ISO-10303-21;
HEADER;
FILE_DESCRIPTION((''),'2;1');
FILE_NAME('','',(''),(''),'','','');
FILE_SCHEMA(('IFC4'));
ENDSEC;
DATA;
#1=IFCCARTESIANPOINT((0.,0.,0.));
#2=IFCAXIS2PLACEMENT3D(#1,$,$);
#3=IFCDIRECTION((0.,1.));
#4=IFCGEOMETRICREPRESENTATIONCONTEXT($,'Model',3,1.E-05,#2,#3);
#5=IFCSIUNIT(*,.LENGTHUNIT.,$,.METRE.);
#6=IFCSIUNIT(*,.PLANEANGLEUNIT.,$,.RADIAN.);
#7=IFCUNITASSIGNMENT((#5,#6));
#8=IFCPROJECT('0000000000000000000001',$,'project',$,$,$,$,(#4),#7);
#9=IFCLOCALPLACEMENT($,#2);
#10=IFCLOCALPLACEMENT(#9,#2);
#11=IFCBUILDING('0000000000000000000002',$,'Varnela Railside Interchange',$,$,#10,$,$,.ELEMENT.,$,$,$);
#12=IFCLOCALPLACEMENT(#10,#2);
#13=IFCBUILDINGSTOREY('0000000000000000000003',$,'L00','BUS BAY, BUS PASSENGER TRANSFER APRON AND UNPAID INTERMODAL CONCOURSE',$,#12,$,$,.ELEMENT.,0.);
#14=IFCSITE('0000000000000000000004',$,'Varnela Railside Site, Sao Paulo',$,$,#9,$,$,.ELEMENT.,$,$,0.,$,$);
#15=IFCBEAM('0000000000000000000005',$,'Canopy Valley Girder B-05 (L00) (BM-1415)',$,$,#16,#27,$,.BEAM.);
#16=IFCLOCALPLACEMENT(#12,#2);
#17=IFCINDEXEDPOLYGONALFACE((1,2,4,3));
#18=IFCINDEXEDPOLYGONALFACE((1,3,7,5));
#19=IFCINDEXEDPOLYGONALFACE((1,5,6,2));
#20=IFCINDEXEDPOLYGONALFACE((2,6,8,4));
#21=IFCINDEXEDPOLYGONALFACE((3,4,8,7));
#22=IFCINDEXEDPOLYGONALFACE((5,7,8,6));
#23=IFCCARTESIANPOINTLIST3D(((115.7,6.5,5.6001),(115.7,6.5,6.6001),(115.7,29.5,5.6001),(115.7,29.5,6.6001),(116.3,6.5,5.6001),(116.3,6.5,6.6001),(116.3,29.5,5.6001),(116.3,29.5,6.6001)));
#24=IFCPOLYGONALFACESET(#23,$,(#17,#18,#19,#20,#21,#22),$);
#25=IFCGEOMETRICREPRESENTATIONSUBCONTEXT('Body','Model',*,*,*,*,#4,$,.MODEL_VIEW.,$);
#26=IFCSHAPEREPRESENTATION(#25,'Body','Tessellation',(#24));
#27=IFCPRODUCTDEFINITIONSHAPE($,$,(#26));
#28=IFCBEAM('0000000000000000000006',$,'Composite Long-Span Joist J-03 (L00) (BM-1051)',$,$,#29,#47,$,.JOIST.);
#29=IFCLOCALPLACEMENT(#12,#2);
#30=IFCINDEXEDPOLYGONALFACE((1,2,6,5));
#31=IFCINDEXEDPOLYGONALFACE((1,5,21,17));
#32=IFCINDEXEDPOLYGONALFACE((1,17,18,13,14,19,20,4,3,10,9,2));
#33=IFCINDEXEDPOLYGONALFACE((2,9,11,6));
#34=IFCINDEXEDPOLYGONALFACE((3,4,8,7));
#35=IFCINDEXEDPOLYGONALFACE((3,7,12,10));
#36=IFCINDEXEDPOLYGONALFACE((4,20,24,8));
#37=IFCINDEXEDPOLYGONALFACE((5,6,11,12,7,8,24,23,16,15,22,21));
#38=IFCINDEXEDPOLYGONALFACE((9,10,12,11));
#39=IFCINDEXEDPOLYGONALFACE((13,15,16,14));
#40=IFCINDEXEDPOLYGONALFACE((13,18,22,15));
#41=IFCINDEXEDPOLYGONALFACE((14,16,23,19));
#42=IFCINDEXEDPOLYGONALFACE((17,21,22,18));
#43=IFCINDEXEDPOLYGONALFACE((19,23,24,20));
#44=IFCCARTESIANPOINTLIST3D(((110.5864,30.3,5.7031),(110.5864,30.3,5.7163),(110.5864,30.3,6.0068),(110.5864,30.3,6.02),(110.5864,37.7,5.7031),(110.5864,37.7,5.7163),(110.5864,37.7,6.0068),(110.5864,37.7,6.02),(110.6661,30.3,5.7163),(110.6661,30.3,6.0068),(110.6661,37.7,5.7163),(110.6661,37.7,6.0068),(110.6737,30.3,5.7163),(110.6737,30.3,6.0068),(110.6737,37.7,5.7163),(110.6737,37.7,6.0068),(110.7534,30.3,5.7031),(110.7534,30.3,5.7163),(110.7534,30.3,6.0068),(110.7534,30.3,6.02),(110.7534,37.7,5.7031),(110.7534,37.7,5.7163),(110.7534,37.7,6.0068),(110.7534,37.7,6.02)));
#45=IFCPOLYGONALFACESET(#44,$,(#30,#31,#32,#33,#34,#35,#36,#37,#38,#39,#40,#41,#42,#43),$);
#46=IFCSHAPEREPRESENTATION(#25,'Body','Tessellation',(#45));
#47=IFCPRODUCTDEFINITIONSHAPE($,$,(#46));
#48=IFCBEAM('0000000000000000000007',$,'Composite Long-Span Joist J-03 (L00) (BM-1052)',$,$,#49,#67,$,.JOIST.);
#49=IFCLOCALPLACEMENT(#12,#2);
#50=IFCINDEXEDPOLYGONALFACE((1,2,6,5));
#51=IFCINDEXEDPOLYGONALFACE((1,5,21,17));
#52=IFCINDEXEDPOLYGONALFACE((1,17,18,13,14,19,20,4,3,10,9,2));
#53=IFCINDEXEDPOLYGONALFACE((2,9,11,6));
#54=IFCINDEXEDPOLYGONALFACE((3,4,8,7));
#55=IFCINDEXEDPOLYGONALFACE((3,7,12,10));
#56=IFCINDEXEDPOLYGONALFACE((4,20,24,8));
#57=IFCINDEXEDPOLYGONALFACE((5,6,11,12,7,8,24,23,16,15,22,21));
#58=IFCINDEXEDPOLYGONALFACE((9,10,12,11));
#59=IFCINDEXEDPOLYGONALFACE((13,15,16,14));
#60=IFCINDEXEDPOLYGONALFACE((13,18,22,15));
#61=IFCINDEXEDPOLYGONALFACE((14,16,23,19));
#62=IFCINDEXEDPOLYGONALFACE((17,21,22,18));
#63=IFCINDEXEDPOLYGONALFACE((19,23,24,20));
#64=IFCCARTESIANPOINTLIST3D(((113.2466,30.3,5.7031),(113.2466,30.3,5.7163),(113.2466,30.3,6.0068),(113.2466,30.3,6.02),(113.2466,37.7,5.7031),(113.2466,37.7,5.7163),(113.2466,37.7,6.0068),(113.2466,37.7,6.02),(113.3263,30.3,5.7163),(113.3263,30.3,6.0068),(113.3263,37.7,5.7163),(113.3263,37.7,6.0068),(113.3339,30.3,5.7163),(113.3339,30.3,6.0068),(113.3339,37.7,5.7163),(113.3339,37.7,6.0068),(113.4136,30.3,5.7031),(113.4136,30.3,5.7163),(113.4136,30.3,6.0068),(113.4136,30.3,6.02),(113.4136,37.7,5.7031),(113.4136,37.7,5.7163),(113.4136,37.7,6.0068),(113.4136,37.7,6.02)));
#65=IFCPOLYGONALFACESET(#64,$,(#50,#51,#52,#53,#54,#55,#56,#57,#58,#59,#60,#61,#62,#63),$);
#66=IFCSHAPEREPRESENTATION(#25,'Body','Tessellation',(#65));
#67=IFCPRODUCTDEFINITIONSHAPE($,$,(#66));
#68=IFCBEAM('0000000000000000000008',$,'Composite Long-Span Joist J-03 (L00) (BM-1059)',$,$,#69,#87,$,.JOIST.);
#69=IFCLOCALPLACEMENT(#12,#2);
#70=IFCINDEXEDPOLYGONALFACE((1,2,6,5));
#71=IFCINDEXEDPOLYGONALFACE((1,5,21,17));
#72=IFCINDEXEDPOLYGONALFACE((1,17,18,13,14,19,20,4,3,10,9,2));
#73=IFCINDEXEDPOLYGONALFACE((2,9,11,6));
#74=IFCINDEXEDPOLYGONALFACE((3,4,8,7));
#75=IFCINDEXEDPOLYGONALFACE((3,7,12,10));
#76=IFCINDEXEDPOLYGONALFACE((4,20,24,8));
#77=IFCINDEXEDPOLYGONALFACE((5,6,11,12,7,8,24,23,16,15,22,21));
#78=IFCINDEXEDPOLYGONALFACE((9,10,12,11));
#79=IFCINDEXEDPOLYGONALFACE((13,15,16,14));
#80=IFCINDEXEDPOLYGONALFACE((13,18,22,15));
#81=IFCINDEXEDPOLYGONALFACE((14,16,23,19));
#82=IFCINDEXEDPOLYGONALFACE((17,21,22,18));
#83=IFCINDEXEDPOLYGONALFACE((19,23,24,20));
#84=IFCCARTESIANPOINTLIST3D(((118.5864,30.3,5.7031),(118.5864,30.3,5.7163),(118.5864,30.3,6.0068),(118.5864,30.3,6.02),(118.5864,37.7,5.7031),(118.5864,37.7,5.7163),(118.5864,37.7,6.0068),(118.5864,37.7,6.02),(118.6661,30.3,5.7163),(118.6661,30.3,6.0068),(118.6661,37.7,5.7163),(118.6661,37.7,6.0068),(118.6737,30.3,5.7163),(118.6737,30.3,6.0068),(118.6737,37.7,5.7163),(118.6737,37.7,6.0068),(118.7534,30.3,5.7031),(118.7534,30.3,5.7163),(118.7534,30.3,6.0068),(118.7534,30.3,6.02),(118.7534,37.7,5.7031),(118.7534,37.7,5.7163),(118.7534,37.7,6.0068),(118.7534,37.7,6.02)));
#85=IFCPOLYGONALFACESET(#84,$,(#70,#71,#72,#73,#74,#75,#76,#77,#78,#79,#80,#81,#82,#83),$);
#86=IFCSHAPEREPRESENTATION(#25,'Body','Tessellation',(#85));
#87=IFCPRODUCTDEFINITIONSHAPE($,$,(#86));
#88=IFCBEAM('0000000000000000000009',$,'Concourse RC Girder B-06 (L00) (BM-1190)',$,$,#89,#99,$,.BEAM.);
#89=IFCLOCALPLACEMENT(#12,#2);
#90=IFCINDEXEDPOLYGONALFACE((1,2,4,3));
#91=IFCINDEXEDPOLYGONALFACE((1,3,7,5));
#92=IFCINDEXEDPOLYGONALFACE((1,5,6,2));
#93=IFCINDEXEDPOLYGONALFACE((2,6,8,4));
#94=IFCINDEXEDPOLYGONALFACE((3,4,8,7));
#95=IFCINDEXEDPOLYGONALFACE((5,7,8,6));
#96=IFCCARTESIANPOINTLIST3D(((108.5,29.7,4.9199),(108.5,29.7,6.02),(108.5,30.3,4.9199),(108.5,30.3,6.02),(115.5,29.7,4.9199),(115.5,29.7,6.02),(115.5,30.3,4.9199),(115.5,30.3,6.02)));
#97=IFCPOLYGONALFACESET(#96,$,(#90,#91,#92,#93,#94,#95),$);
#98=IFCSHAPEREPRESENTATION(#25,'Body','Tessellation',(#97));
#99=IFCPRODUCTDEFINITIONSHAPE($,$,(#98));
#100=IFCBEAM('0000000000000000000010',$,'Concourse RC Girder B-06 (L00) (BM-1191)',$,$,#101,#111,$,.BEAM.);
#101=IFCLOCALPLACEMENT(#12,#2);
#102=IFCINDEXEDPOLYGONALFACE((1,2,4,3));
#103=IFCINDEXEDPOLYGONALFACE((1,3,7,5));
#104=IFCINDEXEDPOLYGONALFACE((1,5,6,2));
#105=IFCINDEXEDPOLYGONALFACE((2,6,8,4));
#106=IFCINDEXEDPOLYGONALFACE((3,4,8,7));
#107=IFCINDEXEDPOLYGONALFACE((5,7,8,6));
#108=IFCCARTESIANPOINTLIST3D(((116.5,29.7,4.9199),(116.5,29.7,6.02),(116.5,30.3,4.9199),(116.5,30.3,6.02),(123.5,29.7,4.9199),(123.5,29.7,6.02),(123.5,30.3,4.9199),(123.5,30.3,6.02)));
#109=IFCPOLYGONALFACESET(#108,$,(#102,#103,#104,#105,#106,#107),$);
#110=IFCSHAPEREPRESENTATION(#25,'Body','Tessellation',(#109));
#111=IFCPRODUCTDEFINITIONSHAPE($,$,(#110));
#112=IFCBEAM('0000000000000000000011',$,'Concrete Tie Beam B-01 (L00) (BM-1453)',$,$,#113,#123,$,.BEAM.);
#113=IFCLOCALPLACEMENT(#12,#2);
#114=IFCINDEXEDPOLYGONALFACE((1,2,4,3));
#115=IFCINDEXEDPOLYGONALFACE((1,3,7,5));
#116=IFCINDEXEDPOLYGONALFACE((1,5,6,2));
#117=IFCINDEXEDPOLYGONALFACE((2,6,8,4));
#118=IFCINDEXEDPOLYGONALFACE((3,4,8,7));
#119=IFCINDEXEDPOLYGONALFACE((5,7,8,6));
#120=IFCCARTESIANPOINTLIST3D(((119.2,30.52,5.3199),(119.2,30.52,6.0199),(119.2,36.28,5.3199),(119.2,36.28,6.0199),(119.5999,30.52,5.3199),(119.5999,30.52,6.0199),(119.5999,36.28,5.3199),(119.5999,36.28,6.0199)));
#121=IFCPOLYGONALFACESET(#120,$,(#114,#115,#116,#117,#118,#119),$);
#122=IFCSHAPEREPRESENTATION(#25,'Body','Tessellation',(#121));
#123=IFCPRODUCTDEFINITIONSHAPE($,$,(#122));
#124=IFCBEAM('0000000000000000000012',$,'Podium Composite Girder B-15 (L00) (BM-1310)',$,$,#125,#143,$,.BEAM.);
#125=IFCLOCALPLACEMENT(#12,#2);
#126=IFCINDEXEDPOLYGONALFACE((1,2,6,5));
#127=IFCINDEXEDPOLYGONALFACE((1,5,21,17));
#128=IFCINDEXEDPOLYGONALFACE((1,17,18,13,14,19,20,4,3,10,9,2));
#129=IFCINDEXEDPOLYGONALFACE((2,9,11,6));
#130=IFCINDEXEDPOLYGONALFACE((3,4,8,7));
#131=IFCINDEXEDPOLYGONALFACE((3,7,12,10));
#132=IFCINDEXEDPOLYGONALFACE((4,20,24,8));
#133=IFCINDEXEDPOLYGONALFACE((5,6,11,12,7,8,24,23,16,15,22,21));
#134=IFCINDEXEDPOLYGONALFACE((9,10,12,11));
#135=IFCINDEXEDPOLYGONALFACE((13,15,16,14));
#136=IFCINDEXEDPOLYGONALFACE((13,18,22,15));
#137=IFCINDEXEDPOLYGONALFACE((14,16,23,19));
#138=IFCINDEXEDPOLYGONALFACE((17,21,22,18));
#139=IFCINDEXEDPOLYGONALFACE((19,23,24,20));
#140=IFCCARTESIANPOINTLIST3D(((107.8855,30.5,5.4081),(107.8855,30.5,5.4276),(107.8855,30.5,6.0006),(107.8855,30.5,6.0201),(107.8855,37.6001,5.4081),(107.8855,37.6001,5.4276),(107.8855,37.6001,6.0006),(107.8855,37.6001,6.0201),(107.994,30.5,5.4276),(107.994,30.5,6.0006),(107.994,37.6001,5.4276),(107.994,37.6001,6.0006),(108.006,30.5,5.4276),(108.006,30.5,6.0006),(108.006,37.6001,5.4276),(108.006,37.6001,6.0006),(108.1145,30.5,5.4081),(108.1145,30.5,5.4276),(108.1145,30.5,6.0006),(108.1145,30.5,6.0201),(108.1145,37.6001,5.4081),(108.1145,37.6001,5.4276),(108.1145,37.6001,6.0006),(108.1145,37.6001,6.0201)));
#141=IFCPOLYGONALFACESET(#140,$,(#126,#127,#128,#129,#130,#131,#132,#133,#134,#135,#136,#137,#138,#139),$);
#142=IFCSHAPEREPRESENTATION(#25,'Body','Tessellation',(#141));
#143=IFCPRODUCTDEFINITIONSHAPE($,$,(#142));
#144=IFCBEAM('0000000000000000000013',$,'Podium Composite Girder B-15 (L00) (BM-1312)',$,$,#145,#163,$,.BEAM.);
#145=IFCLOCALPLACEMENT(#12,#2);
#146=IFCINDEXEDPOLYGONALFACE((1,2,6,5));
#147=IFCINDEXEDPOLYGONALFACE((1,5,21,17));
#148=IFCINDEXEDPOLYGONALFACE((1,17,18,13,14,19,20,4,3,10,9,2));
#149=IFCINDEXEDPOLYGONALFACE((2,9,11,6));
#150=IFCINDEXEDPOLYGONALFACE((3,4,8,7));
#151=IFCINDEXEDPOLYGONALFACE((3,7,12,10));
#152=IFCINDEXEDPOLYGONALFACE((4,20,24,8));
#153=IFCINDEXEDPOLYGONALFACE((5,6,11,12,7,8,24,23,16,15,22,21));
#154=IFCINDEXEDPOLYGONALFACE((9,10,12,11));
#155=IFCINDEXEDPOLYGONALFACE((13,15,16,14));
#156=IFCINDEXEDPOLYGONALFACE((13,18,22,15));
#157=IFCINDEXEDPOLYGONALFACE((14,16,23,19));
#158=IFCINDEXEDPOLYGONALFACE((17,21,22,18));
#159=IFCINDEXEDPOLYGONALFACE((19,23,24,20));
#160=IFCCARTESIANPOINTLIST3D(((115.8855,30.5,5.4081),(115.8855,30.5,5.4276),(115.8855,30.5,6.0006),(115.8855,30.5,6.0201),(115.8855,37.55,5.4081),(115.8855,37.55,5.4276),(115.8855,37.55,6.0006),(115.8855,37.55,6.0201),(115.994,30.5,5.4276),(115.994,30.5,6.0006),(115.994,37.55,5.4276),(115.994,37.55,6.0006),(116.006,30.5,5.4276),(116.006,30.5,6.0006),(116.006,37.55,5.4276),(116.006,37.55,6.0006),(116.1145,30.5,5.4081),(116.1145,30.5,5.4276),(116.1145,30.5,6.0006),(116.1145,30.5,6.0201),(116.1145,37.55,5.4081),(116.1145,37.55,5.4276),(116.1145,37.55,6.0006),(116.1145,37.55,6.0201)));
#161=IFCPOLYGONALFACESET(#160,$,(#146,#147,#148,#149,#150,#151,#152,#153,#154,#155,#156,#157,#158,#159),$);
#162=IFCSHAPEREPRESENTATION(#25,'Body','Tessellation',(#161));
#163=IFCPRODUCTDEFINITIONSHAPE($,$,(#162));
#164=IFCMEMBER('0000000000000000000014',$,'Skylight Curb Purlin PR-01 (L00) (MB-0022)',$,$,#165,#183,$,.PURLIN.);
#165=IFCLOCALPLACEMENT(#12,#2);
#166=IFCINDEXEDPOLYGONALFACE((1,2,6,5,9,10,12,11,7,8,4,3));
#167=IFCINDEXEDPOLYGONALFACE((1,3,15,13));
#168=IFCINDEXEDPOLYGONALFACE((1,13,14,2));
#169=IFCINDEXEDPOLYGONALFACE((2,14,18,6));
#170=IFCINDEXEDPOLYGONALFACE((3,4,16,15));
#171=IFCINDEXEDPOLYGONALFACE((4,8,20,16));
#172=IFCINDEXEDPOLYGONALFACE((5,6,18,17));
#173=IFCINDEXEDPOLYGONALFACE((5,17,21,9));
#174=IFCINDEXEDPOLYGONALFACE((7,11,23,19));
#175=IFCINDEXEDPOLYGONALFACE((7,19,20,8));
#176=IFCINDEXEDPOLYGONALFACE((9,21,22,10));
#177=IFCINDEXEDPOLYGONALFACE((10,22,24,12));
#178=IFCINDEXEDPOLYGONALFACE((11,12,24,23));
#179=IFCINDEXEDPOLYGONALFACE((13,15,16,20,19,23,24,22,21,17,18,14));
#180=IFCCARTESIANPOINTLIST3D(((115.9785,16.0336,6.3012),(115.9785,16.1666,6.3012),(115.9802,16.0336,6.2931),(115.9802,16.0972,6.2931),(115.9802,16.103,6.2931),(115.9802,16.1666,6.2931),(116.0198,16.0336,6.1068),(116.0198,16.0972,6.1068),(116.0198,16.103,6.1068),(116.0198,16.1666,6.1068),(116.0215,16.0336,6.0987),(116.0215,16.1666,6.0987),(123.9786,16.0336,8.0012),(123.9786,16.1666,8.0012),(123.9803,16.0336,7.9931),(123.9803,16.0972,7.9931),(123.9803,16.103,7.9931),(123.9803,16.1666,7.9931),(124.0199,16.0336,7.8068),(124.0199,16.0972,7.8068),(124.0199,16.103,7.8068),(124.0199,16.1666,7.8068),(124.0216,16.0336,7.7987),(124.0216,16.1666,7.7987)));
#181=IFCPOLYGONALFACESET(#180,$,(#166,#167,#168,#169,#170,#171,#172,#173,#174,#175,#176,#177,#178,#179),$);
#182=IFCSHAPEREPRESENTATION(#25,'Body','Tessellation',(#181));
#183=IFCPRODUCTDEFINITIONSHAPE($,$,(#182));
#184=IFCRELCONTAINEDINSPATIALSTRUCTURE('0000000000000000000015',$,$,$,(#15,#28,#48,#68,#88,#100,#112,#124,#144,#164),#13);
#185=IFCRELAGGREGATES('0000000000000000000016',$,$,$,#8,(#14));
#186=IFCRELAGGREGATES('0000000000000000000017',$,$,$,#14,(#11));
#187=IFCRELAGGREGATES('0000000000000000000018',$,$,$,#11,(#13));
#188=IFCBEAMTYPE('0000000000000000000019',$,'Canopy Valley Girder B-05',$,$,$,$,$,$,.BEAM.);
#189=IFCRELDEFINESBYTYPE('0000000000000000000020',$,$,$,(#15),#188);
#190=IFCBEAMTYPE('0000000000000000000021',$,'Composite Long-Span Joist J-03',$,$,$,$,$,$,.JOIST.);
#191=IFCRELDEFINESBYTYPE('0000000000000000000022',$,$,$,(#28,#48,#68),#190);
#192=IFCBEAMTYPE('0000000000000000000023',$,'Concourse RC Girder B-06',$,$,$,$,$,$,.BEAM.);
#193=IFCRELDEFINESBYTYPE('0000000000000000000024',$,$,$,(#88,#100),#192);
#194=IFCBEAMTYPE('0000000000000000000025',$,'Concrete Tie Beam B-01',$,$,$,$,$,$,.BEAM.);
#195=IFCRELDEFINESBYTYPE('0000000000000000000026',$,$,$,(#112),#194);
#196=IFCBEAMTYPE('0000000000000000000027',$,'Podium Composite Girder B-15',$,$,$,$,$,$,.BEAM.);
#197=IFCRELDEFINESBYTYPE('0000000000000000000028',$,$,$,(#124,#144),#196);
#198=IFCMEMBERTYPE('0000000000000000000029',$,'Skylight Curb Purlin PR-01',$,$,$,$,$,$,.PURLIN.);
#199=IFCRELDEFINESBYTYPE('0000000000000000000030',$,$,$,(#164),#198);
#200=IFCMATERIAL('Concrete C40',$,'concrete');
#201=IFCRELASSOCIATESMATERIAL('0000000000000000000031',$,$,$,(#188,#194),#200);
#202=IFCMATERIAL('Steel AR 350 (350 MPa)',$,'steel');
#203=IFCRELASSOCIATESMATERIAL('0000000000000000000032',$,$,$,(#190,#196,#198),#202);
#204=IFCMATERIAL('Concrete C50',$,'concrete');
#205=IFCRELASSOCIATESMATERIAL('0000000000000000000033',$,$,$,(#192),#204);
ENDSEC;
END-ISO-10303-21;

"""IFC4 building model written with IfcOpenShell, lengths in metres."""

from ifc_helpers import new_model, si_unit, direction, frame, origin, origin_2d, place, context, subcontext, project, spatial, rectangle, i_section, extrude, material, material_profile, profile_set, type_object, element, save


model = new_model("IFC4")

# Units and contexts
model_context = context("Model", 3, precision=1e-05, world=origin(), true_north=direction((0.0, 1.0)))
body_context = subcontext(model_context, "Body", "Model", "MODEL_VIEW")
ifc_project = project(units=[si_unit("LENGTHUNIT", "METRE"), si_unit("PLANEANGLEUNIT", "RADIAN")], contexts=[model_context])

# Site, building, storey
site_placement = place(None, origin())
site = spatial("IfcSite", under=ifc_project, at=site_placement, Name="Varnela Railside Site, Sao Paulo", CompositionType="ELEMENT", RefElevation=0.0)
building_placement = place(site_placement, origin())
building = spatial("IfcBuilding", under=site, at=building_placement, Name="Varnela Railside Interchange", CompositionType="ELEMENT")
storey_placement = place(building_placement, origin())
storey = spatial("IfcBuildingStorey", under=building, at=storey_placement, Name="L00", Description="BUS BAY, BUS PASSENGER TRANSFER APRON AND UNPAID INTERMODAL CONCOURSE", CompositionType="ELEMENT", Elevation=0.0)

# Shared definitions
ifc_material_1 = material(Name="Concrete C50", Category="concrete")

# Shared definitions
ifc_material_2 = material(Name="Steel AR 350 (350 MPa)", Category="steel")

# Beams
ifc_material_3 = material(Name="Concrete C40", Category="concrete")
ifc_material_profile_1 = material_profile(ifc_material_3, rectangle(XDim=0.6001, YDim=1.0, at=origin_2d()), Name="RC 600x1000")
ifc_profile_set_1 = profile_set([ifc_material_profile_1], Name="Concrete C40")
beam_type_1 = type_object("IfcBeamType", Name="Canopy Valley Girder B-05", PredefinedType="BEAM", material=ifc_profile_set_1)
beam_1_placement = place(storey_placement, frame((116.0, 6.5, 6.1001), z_axis=(0.0, 1.0, 0.0), x_axis=(-1.0, 0.0, 0.0)))
element("IfcBeam", 1, at=beam_1_placement, inside=storey, type_object=beam_type_1, Name="Canopy Valley Girder B-05 (L00) (BM-1415)", PredefinedType="BEAM", context=body_context, shape_type="SweptSolid", body=[
    extrude(rectangle(XDim=0.6001, YDim=1.0, at=origin_2d()), origin(), (0.0, 0.0, 1.0), 23.0),
])
ifc_material_profile_2 = material_profile(ifc_material_2, i_section(OverallWidth=0.167, OverallDepth=0.3169, WebThickness=0.0076, FlangeThickness=0.0132, at=origin_2d()), Name="W310x52")
ifc_profile_set_2 = profile_set([ifc_material_profile_2], Name="Steel AR 350 (350 MPa)")
beam_type_2 = type_object("IfcBeamType", Name="Composite Long-Span Joist J-03", PredefinedType="JOIST", material=ifc_profile_set_2)
for number, where, z_axis, x_axis, name in (
    (2, (110.6699, 30.3, 5.8616), (0.0, 1.0, 0.0), (-1.0, 0.0, 0.0), "Composite Long-Span Joist J-03 (L00) (BM-1051)"),
    (3, (113.3301, 30.3, 5.8616), (0.0, 1.0, 0.0), (-1.0, 0.0, 0.0), "Composite Long-Span Joist J-03 (L00) (BM-1052)"),
    (4, (118.6699, 30.3, 5.8616), (0.0, 1.0, 0.0), (-1.0, 0.0, 0.0), "Composite Long-Span Joist J-03 (L00) (BM-1059)"),
):
    element("IfcBeam", number, at=place(storey_placement, frame(where, z_axis=z_axis, x_axis=x_axis)), inside=storey, type_object=beam_type_2, Name=name, PredefinedType="JOIST", context=body_context, shape_type="SweptSolid", body=[
        extrude(i_section(OverallWidth=0.167, OverallDepth=0.3169, WebThickness=0.0076, FlangeThickness=0.0132, at=origin_2d()), origin(), (0.0, 0.0, 1.0), 7.3999),
    ])
ifc_material_profile_3 = material_profile(ifc_material_1, rectangle(XDim=0.6001, YDim=1.1001, at=origin_2d()), Name="RC 600x1100")
ifc_profile_set_3 = profile_set([ifc_material_profile_3], Name="Concrete C50")
beam_type_3 = type_object("IfcBeamType", Name="Concourse RC Girder B-06", PredefinedType="BEAM", material=ifc_profile_set_3)
for number, where, z_axis, x_axis, name in (
    (5, (108.5, 30.0, 5.47), (1.0, 0.0, 0.0), (0.0, 1.0, 0.0), "Concourse RC Girder B-06 (L00) (BM-1190)"),
    (6, (116.5, 30.0, 5.47), (1.0, 0.0, 0.0), (0.0, 1.0, 0.0), "Concourse RC Girder B-06 (L00) (BM-1191)"),
):
    element("IfcBeam", number, at=place(storey_placement, frame(where, z_axis=z_axis, x_axis=x_axis)), inside=storey, type_object=beam_type_3, Name=name, PredefinedType="BEAM", context=body_context, shape_type="SweptSolid", body=[
        extrude(rectangle(XDim=0.6001, YDim=1.1001, at=origin_2d()), origin(), (0.0, 0.0, 1.0), 7.0),
    ])
ifc_material_profile_4 = material_profile(ifc_material_3, rectangle(XDim=0.3999, YDim=0.7, at=origin_2d()), Name="RC 400x700")
ifc_profile_set_4 = profile_set([ifc_material_profile_4], Name="Concrete C40")
beam_type_4 = type_object("IfcBeamType", Name="Concrete Tie Beam B-01", PredefinedType="BEAM", material=ifc_profile_set_4)
beam_2_placement = place(storey_placement, frame((119.3999, 30.52, 5.6699), z_axis=(0.0, 1.0, 0.0), x_axis=(-1.0, 0.0, 0.0)))
element("IfcBeam", 7, at=beam_2_placement, inside=storey, type_object=beam_type_4, Name="Concrete Tie Beam B-01 (L00) (BM-1453)", PredefinedType="BEAM", context=body_context, shape_type="SweptSolid", body=[
    extrude(rectangle(XDim=0.3999, YDim=0.7, at=origin_2d()), origin(), (0.0, 0.0, 1.0), 5.76),
])
ifc_material_profile_5 = material_profile(ifc_material_2, i_section(OverallWidth=0.229, OverallDepth=0.6121, WebThickness=0.012, FlangeThickness=0.0195, at=origin_2d()), Name="W610x125")
ifc_profile_set_5 = profile_set([ifc_material_profile_5], Name="Steel AR 350 (350 MPa)")
beam_type_5 = type_object("IfcBeamType", Name="Podium Composite Girder B-15", PredefinedType="BEAM", material=ifc_profile_set_5)
beam_3_placement = place(storey_placement, frame((108.0, 30.5, 5.7141), z_axis=(0.0, 1.0, 0.0), x_axis=(-1.0, 0.0, 0.0)))
element("IfcBeam", 8, at=beam_3_placement, inside=storey, type_object=beam_type_5, Name="Podium Composite Girder B-15 (L00) (BM-1310)", PredefinedType="BEAM", context=body_context, shape_type="SweptSolid", body=[
    extrude(i_section(OverallWidth=0.229, OverallDepth=0.6121, WebThickness=0.012, FlangeThickness=0.0195, at=origin_2d()), origin(), (0.0, 0.0, 1.0), 7.1001),
])
beam_4_placement = place(storey_placement, frame((116.0, 30.5, 5.7141), z_axis=(0.0, 1.0, 0.0), x_axis=(-1.0, 0.0, 0.0)))
element("IfcBeam", 9, at=beam_4_placement, inside=storey, type_object=beam_type_5, Name="Podium Composite Girder B-15 (L00) (BM-1312)", PredefinedType="BEAM", context=body_context, shape_type="SweptSolid", body=[
    extrude(i_section(OverallWidth=0.229, OverallDepth=0.6121, WebThickness=0.012, FlangeThickness=0.0195, at=origin_2d()), origin(), (0.0, 0.0, 1.0), 7.05),
])

# Member
ifc_material_profile_6 = material_profile(ifc_material_2, i_section(OverallWidth=0.1331, OverallDepth=0.207, WebThickness=0.0059, FlangeThickness=0.0083, at=origin_2d()), Name="W200x26.6")
ifc_profile_set_6 = profile_set([ifc_material_profile_6], Name="Steel AR 350 (350 MPa)")
member_type_1 = type_object("IfcMemberType", Name="Skylight Curb Purlin PR-01", PredefinedType="PURLIN", material=ifc_profile_set_6)
for number, where, z_axis, x_axis, name in (
    (10, (116.0, 16.1001, 6.2), (0.97816, 0.0, 0.207853), (0.0, 1.0, 0.0), "Skylight Curb Purlin PR-01 (L00) (MB-0022)"),
):
    element("IfcMember", number, at=place(storey_placement, frame(where, z_axis=z_axis, x_axis=x_axis)), inside=storey, type_object=member_type_1, Name=name, PredefinedType="PURLIN", context=body_context, shape_type="SweptSolid", body=[
        extrude(i_section(OverallWidth=0.1331, OverallDepth=0.207, WebThickness=0.0059, FlangeThickness=0.0083, at=origin_2d()), origin(), (0.0, 0.0, 1.0), 8.1787),
    ])

save(model, "model.ifc")
